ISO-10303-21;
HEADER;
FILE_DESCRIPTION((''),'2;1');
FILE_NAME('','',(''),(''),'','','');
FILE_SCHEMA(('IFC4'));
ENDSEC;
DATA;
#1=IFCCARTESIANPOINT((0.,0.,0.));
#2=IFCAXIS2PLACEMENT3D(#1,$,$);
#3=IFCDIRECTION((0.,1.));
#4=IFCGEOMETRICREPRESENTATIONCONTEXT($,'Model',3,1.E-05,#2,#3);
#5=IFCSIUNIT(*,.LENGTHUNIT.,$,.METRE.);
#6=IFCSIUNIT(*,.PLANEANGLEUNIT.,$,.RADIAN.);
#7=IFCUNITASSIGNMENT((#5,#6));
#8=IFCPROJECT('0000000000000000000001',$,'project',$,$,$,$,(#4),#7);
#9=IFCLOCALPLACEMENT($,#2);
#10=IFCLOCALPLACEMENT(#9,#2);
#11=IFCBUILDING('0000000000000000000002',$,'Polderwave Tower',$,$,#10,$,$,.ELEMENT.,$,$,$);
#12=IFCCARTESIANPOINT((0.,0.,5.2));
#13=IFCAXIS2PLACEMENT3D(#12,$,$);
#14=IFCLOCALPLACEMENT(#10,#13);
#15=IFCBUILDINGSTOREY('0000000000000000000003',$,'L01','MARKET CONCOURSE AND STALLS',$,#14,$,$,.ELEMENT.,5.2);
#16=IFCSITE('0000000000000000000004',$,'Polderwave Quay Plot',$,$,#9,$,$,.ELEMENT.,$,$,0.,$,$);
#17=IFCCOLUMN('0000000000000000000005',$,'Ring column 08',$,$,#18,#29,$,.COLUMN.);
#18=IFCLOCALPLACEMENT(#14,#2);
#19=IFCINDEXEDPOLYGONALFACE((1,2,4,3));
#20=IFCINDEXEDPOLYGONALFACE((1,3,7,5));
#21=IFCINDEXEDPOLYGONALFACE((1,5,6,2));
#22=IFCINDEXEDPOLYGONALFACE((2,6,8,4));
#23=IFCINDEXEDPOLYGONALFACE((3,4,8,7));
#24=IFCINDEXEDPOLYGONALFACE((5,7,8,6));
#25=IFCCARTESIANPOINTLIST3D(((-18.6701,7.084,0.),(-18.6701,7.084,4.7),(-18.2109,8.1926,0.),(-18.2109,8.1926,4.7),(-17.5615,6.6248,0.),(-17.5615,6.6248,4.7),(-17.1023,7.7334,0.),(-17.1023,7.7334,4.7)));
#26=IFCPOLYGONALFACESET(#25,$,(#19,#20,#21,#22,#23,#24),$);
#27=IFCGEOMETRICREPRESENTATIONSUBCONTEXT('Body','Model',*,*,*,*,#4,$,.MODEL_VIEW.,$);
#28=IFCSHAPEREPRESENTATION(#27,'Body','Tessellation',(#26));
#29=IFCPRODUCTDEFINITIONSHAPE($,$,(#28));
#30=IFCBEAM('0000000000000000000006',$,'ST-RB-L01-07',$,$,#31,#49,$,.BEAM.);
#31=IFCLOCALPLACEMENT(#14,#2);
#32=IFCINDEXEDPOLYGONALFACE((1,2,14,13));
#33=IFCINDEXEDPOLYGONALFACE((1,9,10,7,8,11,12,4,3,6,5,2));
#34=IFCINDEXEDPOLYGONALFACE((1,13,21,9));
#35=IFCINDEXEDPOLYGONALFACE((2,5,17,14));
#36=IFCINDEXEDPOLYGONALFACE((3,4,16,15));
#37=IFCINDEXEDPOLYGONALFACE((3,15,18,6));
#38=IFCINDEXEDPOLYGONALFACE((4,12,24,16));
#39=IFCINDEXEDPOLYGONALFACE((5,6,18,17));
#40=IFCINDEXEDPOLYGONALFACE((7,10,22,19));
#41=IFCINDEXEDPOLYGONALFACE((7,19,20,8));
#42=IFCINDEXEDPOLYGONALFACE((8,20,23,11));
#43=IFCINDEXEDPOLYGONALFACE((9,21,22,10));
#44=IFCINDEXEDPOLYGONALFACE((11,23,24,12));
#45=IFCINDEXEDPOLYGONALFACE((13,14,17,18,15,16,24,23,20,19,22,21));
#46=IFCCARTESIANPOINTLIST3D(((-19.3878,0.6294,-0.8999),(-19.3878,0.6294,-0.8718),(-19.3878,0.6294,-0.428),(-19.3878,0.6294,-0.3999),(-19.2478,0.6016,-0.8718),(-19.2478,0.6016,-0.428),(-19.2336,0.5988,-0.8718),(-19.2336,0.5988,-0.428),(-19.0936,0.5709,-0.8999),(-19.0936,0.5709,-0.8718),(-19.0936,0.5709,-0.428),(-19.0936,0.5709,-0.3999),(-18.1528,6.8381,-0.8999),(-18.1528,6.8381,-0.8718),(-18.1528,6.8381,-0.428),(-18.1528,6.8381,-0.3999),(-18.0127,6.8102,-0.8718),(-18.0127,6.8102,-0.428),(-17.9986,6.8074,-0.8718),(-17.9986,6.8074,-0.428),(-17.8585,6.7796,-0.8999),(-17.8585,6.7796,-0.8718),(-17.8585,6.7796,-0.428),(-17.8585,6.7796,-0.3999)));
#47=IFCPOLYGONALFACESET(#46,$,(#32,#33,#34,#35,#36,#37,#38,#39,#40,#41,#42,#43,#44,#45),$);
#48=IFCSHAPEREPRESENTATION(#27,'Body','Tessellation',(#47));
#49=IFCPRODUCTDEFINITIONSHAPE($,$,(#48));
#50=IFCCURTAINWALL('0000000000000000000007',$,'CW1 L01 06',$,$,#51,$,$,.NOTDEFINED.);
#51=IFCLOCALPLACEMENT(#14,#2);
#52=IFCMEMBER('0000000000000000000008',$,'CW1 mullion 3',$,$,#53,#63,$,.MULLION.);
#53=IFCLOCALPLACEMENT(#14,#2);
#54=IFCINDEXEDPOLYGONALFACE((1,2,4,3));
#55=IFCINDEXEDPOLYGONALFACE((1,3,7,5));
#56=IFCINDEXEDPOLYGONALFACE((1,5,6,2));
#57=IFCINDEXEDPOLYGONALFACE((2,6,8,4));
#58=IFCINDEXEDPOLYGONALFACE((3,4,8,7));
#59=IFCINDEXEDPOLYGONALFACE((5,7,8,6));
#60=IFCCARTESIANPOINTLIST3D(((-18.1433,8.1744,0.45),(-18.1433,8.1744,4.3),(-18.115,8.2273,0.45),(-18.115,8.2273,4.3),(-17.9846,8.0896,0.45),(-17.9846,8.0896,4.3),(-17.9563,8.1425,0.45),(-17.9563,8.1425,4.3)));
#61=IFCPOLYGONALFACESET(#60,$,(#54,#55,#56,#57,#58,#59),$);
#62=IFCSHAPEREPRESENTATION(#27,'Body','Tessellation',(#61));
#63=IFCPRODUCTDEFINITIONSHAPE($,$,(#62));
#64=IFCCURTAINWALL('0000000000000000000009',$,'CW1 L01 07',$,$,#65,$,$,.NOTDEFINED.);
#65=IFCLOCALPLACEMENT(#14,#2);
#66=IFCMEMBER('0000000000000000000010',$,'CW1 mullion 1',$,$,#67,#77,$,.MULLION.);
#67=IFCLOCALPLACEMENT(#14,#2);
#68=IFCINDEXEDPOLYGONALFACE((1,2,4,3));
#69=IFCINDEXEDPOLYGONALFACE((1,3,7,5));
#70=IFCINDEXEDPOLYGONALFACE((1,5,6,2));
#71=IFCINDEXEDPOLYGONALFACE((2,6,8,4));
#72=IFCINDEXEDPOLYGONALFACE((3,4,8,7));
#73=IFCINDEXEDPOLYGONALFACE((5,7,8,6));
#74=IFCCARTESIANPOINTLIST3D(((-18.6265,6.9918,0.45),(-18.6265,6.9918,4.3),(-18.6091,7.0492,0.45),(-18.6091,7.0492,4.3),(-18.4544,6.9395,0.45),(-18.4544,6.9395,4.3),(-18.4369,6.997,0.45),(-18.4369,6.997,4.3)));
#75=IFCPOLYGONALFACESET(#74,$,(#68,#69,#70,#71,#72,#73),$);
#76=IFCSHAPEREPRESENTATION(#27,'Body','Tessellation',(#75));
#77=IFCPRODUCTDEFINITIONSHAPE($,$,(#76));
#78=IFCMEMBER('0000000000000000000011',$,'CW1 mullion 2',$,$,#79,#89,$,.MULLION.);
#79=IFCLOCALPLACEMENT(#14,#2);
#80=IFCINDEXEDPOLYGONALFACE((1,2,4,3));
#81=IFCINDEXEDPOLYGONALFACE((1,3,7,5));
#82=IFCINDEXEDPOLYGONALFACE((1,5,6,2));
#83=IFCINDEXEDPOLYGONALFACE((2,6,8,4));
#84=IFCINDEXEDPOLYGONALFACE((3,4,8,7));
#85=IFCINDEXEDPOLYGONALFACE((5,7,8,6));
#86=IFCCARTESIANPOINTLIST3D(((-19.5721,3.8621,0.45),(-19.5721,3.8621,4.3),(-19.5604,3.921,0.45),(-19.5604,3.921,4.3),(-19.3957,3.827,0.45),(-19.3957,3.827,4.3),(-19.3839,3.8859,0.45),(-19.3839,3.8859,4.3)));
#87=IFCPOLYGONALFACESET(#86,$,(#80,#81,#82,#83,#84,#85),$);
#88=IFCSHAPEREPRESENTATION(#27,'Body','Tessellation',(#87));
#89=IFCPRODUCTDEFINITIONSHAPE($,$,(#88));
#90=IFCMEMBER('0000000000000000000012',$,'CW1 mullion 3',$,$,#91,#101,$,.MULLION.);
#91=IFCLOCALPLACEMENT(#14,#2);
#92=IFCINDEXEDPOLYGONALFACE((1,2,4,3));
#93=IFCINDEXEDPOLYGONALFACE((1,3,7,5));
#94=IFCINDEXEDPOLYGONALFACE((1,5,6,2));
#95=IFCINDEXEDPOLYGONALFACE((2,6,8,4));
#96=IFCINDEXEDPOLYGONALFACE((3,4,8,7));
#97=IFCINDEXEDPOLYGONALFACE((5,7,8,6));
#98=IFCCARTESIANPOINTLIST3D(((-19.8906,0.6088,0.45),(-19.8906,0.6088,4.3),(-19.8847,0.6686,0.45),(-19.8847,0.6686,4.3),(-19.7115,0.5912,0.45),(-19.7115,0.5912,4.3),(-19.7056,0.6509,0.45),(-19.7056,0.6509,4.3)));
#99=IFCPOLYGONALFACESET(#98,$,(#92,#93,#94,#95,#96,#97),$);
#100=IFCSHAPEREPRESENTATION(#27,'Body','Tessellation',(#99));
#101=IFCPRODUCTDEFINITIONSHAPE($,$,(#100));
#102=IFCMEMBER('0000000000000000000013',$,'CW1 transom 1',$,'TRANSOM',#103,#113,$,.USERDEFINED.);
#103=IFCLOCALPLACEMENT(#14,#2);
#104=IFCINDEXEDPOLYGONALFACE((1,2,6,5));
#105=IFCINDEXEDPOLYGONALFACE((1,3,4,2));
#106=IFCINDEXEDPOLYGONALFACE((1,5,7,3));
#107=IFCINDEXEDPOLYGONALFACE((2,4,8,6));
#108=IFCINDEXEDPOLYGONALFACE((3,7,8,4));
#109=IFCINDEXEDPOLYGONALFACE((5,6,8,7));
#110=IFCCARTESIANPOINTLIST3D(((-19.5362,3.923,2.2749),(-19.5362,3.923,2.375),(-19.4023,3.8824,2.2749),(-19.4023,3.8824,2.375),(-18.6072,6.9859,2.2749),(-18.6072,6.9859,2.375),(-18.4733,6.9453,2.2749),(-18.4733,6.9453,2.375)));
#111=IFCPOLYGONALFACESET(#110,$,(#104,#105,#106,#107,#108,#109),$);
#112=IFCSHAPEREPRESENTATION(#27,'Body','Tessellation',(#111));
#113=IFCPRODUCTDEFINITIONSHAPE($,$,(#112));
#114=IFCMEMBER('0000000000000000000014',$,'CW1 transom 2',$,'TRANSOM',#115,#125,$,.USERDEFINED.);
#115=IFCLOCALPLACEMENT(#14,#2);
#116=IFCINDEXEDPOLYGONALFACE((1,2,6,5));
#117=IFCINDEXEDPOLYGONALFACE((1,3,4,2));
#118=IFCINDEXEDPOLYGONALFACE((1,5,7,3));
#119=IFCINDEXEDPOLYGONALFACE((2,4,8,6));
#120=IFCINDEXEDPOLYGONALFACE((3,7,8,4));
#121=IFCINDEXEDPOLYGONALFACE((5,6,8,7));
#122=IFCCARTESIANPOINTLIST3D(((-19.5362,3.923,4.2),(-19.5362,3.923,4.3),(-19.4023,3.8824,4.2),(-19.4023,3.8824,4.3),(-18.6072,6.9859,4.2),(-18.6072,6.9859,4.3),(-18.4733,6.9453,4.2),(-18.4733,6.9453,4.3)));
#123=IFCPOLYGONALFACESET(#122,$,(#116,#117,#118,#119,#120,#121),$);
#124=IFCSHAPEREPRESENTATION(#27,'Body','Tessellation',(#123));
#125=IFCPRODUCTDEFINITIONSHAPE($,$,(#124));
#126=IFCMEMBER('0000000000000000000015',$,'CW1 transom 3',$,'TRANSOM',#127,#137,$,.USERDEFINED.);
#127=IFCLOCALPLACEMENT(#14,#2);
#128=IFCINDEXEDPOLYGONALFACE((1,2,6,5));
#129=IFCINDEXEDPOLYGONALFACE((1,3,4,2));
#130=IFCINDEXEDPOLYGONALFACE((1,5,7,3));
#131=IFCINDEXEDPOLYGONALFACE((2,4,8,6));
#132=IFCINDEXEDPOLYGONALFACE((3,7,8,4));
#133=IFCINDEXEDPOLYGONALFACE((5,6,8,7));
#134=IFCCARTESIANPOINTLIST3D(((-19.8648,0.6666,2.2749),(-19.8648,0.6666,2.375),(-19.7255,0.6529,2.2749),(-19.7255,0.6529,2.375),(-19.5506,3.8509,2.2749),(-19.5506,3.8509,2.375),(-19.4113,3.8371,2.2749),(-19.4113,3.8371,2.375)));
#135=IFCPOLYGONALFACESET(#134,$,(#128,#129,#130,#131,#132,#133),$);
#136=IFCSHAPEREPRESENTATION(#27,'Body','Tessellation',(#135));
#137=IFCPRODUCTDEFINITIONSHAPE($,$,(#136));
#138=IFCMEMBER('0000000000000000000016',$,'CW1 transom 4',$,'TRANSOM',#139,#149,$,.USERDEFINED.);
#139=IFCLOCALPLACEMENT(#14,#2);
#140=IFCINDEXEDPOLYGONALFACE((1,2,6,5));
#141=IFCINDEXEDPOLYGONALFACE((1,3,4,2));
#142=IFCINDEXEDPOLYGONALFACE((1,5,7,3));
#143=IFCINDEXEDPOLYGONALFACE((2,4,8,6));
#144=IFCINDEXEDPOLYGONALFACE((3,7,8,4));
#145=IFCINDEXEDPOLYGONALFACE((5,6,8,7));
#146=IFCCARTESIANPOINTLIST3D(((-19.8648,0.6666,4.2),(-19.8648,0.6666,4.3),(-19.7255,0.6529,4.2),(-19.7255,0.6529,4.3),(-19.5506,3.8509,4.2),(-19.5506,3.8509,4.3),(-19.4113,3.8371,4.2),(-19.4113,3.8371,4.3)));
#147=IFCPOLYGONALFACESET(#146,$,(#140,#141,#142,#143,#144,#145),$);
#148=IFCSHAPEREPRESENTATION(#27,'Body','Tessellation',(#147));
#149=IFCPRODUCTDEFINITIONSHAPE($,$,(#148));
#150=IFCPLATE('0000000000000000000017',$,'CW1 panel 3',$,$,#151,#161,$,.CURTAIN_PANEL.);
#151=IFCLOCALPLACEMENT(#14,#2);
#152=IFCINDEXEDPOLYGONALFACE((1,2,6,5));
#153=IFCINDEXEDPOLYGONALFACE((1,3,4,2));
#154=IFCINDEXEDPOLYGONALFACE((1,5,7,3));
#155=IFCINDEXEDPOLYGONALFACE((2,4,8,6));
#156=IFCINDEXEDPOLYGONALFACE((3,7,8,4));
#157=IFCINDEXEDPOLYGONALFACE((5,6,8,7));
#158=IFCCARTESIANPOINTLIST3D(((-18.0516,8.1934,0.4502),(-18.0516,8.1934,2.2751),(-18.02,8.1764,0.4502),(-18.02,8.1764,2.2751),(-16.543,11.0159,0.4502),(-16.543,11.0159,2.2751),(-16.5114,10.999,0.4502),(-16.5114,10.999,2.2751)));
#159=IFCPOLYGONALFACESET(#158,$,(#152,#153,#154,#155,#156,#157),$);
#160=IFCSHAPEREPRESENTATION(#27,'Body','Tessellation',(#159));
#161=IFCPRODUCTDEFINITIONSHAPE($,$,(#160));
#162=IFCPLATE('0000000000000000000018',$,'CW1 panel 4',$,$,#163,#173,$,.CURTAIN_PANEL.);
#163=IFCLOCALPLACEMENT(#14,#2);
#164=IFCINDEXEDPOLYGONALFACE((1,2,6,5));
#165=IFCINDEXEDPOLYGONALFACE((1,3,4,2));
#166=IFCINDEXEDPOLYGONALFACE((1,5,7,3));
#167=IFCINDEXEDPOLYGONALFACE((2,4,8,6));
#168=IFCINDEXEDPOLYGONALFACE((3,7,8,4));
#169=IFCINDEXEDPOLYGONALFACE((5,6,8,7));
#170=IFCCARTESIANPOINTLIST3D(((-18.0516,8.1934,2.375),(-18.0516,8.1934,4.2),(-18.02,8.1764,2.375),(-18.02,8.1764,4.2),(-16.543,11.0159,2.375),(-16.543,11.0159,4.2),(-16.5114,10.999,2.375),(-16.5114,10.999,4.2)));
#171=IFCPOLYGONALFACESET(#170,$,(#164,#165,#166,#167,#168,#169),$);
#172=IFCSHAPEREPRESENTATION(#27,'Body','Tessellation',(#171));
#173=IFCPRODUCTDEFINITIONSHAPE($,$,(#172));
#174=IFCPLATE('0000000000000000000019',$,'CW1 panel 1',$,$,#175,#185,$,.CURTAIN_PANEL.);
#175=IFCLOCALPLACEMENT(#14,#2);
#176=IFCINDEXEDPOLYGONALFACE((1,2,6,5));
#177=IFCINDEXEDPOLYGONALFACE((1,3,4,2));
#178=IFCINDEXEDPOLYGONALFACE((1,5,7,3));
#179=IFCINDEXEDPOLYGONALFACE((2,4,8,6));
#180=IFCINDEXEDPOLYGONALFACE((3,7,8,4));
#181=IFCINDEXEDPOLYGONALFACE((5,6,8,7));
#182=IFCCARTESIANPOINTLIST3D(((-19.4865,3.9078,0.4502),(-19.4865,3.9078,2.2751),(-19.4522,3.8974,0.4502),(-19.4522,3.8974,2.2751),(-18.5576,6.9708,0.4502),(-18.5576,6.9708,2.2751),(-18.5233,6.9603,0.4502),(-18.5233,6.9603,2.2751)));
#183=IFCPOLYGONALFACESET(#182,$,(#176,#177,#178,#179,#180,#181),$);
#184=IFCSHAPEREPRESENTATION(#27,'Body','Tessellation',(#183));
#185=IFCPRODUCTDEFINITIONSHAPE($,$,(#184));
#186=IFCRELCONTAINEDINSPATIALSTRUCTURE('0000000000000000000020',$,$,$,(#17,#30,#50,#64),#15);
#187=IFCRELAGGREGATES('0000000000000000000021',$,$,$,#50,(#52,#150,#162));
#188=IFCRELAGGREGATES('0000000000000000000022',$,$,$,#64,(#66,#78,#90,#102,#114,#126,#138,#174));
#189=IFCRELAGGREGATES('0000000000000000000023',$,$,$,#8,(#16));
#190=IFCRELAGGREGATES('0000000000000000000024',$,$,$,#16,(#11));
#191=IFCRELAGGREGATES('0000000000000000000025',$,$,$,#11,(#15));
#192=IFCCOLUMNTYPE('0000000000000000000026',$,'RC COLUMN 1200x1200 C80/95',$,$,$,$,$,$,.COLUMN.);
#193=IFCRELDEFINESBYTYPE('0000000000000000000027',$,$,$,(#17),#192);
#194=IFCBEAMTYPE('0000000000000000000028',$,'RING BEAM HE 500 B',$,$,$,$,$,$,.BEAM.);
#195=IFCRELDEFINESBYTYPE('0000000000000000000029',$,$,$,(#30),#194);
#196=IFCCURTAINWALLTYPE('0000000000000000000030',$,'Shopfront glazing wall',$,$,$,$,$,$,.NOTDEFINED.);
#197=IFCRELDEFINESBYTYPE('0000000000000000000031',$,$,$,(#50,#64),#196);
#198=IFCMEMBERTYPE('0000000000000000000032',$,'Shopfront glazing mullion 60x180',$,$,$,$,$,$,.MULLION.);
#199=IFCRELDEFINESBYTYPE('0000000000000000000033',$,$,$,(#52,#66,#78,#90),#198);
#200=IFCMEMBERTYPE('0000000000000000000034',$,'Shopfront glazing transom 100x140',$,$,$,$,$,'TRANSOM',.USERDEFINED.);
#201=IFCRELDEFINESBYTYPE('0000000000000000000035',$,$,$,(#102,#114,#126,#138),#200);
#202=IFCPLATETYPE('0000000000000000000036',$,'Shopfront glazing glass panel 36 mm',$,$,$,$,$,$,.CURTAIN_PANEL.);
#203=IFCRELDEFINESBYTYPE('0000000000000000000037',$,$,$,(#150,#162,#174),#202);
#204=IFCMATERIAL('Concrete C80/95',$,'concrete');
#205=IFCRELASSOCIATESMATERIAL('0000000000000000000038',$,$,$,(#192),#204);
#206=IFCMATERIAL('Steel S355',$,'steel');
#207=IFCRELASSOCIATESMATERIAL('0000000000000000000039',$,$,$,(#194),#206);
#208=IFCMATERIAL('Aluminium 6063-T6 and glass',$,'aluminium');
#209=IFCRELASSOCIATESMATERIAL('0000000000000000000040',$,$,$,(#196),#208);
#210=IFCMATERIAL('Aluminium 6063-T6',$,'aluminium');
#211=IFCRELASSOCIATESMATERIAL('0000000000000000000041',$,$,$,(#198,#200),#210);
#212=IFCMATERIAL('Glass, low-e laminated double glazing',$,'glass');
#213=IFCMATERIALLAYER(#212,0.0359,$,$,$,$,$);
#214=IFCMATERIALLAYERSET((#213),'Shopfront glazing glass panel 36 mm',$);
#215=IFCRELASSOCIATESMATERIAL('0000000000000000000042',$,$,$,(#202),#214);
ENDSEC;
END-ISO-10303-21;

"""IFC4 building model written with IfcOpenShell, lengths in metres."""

from ifc_helpers import new_model, si_unit, direction, frame, origin, origin_2d, place, context, subcontext, project, spatial, rectangle, i_section, extrude, material, layer, layer_set, material_profile, profile_set, type_object, element, aggregate, save


model = new_model("IFC4")

# Units and contexts
model_context = context("Model", 3, precision=1e-05, world=origin(), true_north=direction((0.0, 1.0)))
body_context = subcontext(model_context, "Body", "Model", "MODEL_VIEW")
ifc_project = project(units=[si_unit("LENGTHUNIT", "METRE"), si_unit("PLANEANGLEUNIT", "RADIAN")], contexts=[model_context])

# Site, building, storey
site_placement = place(None, origin())
site = spatial("IfcSite", under=ifc_project, at=site_placement, Name="Polderwave Quay Plot", CompositionType="ELEMENT", RefElevation=0.0)
building_placement = place(site_placement, origin())
building = spatial("IfcBuilding", under=site, at=building_placement, Name="Polderwave Tower", CompositionType="ELEMENT")
storey_placement = place(building_placement, frame((0.0, 0.0, 5.2)))
storey = spatial("IfcBuildingStorey", under=building, at=storey_placement, Name="L01", Description="MARKET CONCOURSE AND STALLS", CompositionType="ELEMENT", Elevation=5.2)

# Column
ifc_material_1 = material(Name="Concrete C80/95", Category="concrete")
ifc_material_profile_1 = material_profile(ifc_material_1, rectangle(XDim=1.2, YDim=1.2, at=origin_2d()), Name="RC 1200x1200")
ifc_profile_set_1 = profile_set([ifc_material_profile_1], Name="Concrete C80/95")
column_type = type_object("IfcColumnType", Name="RC COLUMN 1200x1200 C80/95", PredefinedType="COLUMN", material=ifc_profile_set_1)
column_placement = place(storey_placement, frame((-17.8862, 7.4087, 0.0), z_axis=(0.0, 0.0, 1.0), x_axis=(-0.92388, 0.382683, 0.0)))
element("IfcColumn", 1, at=column_placement, inside=storey, type_object=column_type, Name="Ring column 08", PredefinedType="COLUMN", context=body_context, shape_type="SweptSolid", body=[
    extrude(rectangle(XDim=1.2, YDim=1.2, at=origin_2d()), origin(), (0.0, 0.0, 1.0), 4.7),
])

# Beam
ifc_material_2 = material(Name="Steel S355", Category="steel")
ifc_material_profile_2 = material_profile(ifc_material_2, i_section(OverallWidth=0.3, OverallDepth=0.5, WebThickness=0.0144, FlangeThickness=0.0281, at=origin_2d()), Name="HE 500 B")
ifc_profile_set_2 = profile_set([ifc_material_profile_2], Name="Steel S355")
beam_type = type_object("IfcBeamType", Name="RING BEAM HE 500 B", PredefinedType="BEAM", material=ifc_profile_set_2)
beam_placement = place(storey_placement, frame((-18.0056, 6.8088, -0.6499), z_axis=(-0.195107, -0.980782, 0.0), x_axis=(0.980782, -0.195107, 0.0)))
element("IfcBeam", 2, at=beam_placement, inside=storey, type_object=beam_type, Name="ST-RB-L01-07", PredefinedType="BEAM", context=body_context, shape_type="SweptSolid", body=[
    extrude(i_section(OverallWidth=0.3, OverallDepth=0.5, WebThickness=0.0144, FlangeThickness=0.0281, at=origin_2d()), origin(), (0.0, 0.0, 1.0), 6.3303),
])

# Curtain wall, member
ifc_material_3 = material(Name="Aluminium 6063-T6 and glass", Category="aluminium")
curtain_wall_type = type_object("IfcCurtainWallType", Name="Shopfront glazing wall", PredefinedType="NOTDEFINED", material=ifc_material_3)
curtain_wall_1_placement = place(storey_placement, origin())
curtain_wall_1 = element("IfcCurtainWall", 3, at=curtain_wall_1_placement, inside=storey, type_object=curtain_wall_type, Name="CW1 L01 06", PredefinedType="NOTDEFINED")
ifc_material_4 = material(Name="Aluminium 6063-T6", Category="aluminium")
ifc_material_profile_3 = material_profile(ifc_material_4, rectangle(XDim=0.1799, YDim=0.0601, at=origin_2d()), Name="AL 60x180")
ifc_profile_set_3 = profile_set([ifc_material_profile_3], Name="Aluminium 6063-T6")
member_type_1 = type_object("IfcMemberType", Name="Shopfront glazing mullion 60x180", PredefinedType="MULLION", material=ifc_profile_set_3)
member_1_placement = place(storey_placement, frame((-18.0498, 8.1584, 0.45), z_axis=(0.0, 0.0, 1.0), x_axis=(0.88194, -0.471361, 0.0)))
member_1 = element("IfcMember", 4, at=member_1_placement, type_object=member_type_1, Name="CW1 mullion 3", PredefinedType="MULLION", context=body_context, shape_type="SweptSolid", body=[
    extrude(rectangle(XDim=0.1799, YDim=0.0601, at=origin_2d()), origin(), (0.0, 0.0, 1.0), 3.8501),
])

# Curtain wall, members
curtain_wall_2_placement = place(storey_placement, origin())
curtain_wall_2 = element("IfcCurtainWall", 5, at=curtain_wall_2_placement, inside=storey, type_object=curtain_wall_type, Name="CW1 L01 07", PredefinedType="NOTDEFINED")
member_2_placement = place(storey_placement, frame((-18.5317, 6.9944, 0.45), z_axis=(0.0, 0.0, 1.0), x_axis=(0.956961, -0.290218, 0.0)))
member_2 = element("IfcMember", 6, at=member_2_placement, type_object=member_type_1, Name="CW1 mullion 1", PredefinedType="MULLION", context=body_context, shape_type="SweptSolid", body=[
    extrude(rectangle(XDim=0.1799, YDim=0.0601, at=origin_2d()), origin(), (0.0, 0.0, 1.0), 3.8501),
])
member_3_placement = place(storey_placement, frame((-19.478, 3.874, 0.45), z_axis=(0.0, 0.0, 1.0), x_axis=(0.980776, -0.195137, 0.0)))
member_3 = element("IfcMember", 7, at=member_3_placement, type_object=member_type_1, Name="CW1 mullion 2", PredefinedType="MULLION", context=body_context, shape_type="SweptSolid", body=[
    extrude(rectangle(XDim=0.1799, YDim=0.0601, at=origin_2d()), origin(), (0.0, 0.0, 1.0), 3.8501),
])
member_4_placement = place(storey_placement, frame((-19.7981, 0.6299, 0.45), z_axis=(0.0, 0.0, 1.0), x_axis=(0.995169, -0.098179, 0.0)))
member_4 = element("IfcMember", 8, at=member_4_placement, type_object=member_type_1, Name="CW1 mullion 3", PredefinedType="MULLION", context=body_context, shape_type="SweptSolid", body=[
    extrude(rectangle(XDim=0.1799, YDim=0.0601, at=origin_2d()), origin(), (0.0, 0.0, 1.0), 3.8501),
])
ifc_material_profile_4 = material_profile(ifc_material_4, rectangle(XDim=0.1399, YDim=0.1001, at=origin_2d()), Name="AL 100x140")
ifc_profile_set_4 = profile_set([ifc_material_profile_4], Name="Aluminium 6063-T6")
member_type_2 = type_object("IfcMemberType", Name="Shopfront glazing transom 100x140", ElementType="TRANSOM", PredefinedType="USERDEFINED", material=ifc_profile_set_4)
member_5_placement = place(storey_placement, frame((-18.5403, 6.9656, 2.325), z_axis=(-0.29023, -0.956957, 0.0), x_axis=(0.956957, -0.29023, 0.0)))
member_5 = element("IfcMember", 9, at=member_5_placement, type_object=member_type_2, Name="CW1 transom 1", ObjectType="TRANSOM", PredefinedType="USERDEFINED", context=body_context, shape_type="SweptSolid", body=[
    extrude(rectangle(XDim=0.1399, YDim=0.1001, at=origin_2d()), origin(), (0.0, 0.0, 1.0), 3.2007),
])
member_6_placement = place(storey_placement, frame((-18.5403, 6.9656, 4.25), z_axis=(-0.29023, -0.956957, 0.0), x_axis=(0.956957, -0.29023, 0.0)))
member_6 = element("IfcMember", 10, at=member_6_placement, type_object=member_type_2, Name="CW1 transom 2", ObjectType="TRANSOM", PredefinedType="USERDEFINED", context=body_context, shape_type="SweptSolid", body=[
    extrude(rectangle(XDim=0.1399, YDim=0.1001, at=origin_2d()), origin(), (0.0, 0.0, 1.0), 3.2007),
])
member_7_placement = place(storey_placement, frame((-19.481, 3.844, 2.325), z_axis=(-0.098197, -0.995167, 0.0), x_axis=(0.995167, -0.098197, 0.0)))
member_7 = element("IfcMember", 11, at=member_7_placement, type_object=member_type_2, Name="CW1 transom 3", ObjectType="TRANSOM", PredefinedType="USERDEFINED", context=body_context, shape_type="SweptSolid", body=[
    extrude(rectangle(XDim=0.1399, YDim=0.1001, at=origin_2d()), origin(), (0.0, 0.0, 1.0), 3.1997),
])
member_8_placement = place(storey_placement, frame((-19.481, 3.844, 4.25), z_axis=(-0.098197, -0.995167, 0.0), x_axis=(0.995167, -0.098197, 0.0)))
member_8 = element("IfcMember", 12, at=member_8_placement, type_object=member_type_2, Name="CW1 transom 4", ObjectType="TRANSOM", PredefinedType="USERDEFINED", context=body_context, shape_type="SweptSolid", body=[
    extrude(rectangle(XDim=0.1399, YDim=0.1001, at=origin_2d()), origin(), (0.0, 0.0, 1.0), 3.1997),
])

# Plates
ifc_material_5 = material(Name="Glass, low-e laminated double glazing", Category="glass")
ifc_layer_1 = layer(ifc_material_5, 0.0359)
ifc_layer_set_1 = layer_set([ifc_layer_1], Name="Shopfront glazing glass panel 36 mm")
plate_type = type_object("IfcPlateType", Name="Shopfront glazing glass panel 36 mm", PredefinedType="CURTAIN_PANEL", material=ifc_layer_set_1)
plate_1_placement = place(storey_placement, frame((-17.2815, 9.5962, 0.4502), z_axis=(0.0, 0.0, 1.0), x_axis=(-0.471361, -0.88194, 0.0)))
plate_1 = element("IfcPlate", 13, at=plate_1_placement, type_object=plate_type, Name="CW1 panel 3", PredefinedType="CURTAIN_PANEL", context=body_context, shape_type="SweptSolid", body=[
    extrude(rectangle(XDim=3.2004, YDim=0.0359, at=origin_2d()), origin(), (0.0, 0.0, 1.0), 1.825),
])
plate_2_placement = place(storey_placement, frame((-17.2815, 9.5962, 2.375), z_axis=(0.0, 0.0, 1.0), x_axis=(-0.471361, -0.88194, 0.0)))
plate_2 = element("IfcPlate", 14, at=plate_2_placement, type_object=plate_type, Name="CW1 panel 4", PredefinedType="CURTAIN_PANEL", context=body_context, shape_type="SweptSolid", body=[
    extrude(rectangle(XDim=3.2004, YDim=0.0359, at=origin_2d()), origin(), (0.0, 0.0, 1.0), 1.825),
])
aggregate(curtain_wall_1, [member_1, plate_1, plate_2])
plate_3_placement = place(storey_placement, frame((-19.0049, 5.4341, 0.4502), z_axis=(0.0, 0.0, 1.0), x_axis=(-0.290218, -0.956961, 0.0)))
plate_3 = element("IfcPlate", 15, at=plate_3_placement, type_object=plate_type, Name="CW1 panel 1", PredefinedType="CURTAIN_PANEL", context=body_context, shape_type="SweptSolid", body=[
    extrude(rectangle(XDim=3.2007, YDim=0.0359, at=origin_2d()), origin(), (0.0, 0.0, 1.0), 1.825),
])
aggregate(curtain_wall_2, [member_2, member_3, member_4, member_5, member_6, member_7, member_8, plate_3])

save(model, "model.ifc")
